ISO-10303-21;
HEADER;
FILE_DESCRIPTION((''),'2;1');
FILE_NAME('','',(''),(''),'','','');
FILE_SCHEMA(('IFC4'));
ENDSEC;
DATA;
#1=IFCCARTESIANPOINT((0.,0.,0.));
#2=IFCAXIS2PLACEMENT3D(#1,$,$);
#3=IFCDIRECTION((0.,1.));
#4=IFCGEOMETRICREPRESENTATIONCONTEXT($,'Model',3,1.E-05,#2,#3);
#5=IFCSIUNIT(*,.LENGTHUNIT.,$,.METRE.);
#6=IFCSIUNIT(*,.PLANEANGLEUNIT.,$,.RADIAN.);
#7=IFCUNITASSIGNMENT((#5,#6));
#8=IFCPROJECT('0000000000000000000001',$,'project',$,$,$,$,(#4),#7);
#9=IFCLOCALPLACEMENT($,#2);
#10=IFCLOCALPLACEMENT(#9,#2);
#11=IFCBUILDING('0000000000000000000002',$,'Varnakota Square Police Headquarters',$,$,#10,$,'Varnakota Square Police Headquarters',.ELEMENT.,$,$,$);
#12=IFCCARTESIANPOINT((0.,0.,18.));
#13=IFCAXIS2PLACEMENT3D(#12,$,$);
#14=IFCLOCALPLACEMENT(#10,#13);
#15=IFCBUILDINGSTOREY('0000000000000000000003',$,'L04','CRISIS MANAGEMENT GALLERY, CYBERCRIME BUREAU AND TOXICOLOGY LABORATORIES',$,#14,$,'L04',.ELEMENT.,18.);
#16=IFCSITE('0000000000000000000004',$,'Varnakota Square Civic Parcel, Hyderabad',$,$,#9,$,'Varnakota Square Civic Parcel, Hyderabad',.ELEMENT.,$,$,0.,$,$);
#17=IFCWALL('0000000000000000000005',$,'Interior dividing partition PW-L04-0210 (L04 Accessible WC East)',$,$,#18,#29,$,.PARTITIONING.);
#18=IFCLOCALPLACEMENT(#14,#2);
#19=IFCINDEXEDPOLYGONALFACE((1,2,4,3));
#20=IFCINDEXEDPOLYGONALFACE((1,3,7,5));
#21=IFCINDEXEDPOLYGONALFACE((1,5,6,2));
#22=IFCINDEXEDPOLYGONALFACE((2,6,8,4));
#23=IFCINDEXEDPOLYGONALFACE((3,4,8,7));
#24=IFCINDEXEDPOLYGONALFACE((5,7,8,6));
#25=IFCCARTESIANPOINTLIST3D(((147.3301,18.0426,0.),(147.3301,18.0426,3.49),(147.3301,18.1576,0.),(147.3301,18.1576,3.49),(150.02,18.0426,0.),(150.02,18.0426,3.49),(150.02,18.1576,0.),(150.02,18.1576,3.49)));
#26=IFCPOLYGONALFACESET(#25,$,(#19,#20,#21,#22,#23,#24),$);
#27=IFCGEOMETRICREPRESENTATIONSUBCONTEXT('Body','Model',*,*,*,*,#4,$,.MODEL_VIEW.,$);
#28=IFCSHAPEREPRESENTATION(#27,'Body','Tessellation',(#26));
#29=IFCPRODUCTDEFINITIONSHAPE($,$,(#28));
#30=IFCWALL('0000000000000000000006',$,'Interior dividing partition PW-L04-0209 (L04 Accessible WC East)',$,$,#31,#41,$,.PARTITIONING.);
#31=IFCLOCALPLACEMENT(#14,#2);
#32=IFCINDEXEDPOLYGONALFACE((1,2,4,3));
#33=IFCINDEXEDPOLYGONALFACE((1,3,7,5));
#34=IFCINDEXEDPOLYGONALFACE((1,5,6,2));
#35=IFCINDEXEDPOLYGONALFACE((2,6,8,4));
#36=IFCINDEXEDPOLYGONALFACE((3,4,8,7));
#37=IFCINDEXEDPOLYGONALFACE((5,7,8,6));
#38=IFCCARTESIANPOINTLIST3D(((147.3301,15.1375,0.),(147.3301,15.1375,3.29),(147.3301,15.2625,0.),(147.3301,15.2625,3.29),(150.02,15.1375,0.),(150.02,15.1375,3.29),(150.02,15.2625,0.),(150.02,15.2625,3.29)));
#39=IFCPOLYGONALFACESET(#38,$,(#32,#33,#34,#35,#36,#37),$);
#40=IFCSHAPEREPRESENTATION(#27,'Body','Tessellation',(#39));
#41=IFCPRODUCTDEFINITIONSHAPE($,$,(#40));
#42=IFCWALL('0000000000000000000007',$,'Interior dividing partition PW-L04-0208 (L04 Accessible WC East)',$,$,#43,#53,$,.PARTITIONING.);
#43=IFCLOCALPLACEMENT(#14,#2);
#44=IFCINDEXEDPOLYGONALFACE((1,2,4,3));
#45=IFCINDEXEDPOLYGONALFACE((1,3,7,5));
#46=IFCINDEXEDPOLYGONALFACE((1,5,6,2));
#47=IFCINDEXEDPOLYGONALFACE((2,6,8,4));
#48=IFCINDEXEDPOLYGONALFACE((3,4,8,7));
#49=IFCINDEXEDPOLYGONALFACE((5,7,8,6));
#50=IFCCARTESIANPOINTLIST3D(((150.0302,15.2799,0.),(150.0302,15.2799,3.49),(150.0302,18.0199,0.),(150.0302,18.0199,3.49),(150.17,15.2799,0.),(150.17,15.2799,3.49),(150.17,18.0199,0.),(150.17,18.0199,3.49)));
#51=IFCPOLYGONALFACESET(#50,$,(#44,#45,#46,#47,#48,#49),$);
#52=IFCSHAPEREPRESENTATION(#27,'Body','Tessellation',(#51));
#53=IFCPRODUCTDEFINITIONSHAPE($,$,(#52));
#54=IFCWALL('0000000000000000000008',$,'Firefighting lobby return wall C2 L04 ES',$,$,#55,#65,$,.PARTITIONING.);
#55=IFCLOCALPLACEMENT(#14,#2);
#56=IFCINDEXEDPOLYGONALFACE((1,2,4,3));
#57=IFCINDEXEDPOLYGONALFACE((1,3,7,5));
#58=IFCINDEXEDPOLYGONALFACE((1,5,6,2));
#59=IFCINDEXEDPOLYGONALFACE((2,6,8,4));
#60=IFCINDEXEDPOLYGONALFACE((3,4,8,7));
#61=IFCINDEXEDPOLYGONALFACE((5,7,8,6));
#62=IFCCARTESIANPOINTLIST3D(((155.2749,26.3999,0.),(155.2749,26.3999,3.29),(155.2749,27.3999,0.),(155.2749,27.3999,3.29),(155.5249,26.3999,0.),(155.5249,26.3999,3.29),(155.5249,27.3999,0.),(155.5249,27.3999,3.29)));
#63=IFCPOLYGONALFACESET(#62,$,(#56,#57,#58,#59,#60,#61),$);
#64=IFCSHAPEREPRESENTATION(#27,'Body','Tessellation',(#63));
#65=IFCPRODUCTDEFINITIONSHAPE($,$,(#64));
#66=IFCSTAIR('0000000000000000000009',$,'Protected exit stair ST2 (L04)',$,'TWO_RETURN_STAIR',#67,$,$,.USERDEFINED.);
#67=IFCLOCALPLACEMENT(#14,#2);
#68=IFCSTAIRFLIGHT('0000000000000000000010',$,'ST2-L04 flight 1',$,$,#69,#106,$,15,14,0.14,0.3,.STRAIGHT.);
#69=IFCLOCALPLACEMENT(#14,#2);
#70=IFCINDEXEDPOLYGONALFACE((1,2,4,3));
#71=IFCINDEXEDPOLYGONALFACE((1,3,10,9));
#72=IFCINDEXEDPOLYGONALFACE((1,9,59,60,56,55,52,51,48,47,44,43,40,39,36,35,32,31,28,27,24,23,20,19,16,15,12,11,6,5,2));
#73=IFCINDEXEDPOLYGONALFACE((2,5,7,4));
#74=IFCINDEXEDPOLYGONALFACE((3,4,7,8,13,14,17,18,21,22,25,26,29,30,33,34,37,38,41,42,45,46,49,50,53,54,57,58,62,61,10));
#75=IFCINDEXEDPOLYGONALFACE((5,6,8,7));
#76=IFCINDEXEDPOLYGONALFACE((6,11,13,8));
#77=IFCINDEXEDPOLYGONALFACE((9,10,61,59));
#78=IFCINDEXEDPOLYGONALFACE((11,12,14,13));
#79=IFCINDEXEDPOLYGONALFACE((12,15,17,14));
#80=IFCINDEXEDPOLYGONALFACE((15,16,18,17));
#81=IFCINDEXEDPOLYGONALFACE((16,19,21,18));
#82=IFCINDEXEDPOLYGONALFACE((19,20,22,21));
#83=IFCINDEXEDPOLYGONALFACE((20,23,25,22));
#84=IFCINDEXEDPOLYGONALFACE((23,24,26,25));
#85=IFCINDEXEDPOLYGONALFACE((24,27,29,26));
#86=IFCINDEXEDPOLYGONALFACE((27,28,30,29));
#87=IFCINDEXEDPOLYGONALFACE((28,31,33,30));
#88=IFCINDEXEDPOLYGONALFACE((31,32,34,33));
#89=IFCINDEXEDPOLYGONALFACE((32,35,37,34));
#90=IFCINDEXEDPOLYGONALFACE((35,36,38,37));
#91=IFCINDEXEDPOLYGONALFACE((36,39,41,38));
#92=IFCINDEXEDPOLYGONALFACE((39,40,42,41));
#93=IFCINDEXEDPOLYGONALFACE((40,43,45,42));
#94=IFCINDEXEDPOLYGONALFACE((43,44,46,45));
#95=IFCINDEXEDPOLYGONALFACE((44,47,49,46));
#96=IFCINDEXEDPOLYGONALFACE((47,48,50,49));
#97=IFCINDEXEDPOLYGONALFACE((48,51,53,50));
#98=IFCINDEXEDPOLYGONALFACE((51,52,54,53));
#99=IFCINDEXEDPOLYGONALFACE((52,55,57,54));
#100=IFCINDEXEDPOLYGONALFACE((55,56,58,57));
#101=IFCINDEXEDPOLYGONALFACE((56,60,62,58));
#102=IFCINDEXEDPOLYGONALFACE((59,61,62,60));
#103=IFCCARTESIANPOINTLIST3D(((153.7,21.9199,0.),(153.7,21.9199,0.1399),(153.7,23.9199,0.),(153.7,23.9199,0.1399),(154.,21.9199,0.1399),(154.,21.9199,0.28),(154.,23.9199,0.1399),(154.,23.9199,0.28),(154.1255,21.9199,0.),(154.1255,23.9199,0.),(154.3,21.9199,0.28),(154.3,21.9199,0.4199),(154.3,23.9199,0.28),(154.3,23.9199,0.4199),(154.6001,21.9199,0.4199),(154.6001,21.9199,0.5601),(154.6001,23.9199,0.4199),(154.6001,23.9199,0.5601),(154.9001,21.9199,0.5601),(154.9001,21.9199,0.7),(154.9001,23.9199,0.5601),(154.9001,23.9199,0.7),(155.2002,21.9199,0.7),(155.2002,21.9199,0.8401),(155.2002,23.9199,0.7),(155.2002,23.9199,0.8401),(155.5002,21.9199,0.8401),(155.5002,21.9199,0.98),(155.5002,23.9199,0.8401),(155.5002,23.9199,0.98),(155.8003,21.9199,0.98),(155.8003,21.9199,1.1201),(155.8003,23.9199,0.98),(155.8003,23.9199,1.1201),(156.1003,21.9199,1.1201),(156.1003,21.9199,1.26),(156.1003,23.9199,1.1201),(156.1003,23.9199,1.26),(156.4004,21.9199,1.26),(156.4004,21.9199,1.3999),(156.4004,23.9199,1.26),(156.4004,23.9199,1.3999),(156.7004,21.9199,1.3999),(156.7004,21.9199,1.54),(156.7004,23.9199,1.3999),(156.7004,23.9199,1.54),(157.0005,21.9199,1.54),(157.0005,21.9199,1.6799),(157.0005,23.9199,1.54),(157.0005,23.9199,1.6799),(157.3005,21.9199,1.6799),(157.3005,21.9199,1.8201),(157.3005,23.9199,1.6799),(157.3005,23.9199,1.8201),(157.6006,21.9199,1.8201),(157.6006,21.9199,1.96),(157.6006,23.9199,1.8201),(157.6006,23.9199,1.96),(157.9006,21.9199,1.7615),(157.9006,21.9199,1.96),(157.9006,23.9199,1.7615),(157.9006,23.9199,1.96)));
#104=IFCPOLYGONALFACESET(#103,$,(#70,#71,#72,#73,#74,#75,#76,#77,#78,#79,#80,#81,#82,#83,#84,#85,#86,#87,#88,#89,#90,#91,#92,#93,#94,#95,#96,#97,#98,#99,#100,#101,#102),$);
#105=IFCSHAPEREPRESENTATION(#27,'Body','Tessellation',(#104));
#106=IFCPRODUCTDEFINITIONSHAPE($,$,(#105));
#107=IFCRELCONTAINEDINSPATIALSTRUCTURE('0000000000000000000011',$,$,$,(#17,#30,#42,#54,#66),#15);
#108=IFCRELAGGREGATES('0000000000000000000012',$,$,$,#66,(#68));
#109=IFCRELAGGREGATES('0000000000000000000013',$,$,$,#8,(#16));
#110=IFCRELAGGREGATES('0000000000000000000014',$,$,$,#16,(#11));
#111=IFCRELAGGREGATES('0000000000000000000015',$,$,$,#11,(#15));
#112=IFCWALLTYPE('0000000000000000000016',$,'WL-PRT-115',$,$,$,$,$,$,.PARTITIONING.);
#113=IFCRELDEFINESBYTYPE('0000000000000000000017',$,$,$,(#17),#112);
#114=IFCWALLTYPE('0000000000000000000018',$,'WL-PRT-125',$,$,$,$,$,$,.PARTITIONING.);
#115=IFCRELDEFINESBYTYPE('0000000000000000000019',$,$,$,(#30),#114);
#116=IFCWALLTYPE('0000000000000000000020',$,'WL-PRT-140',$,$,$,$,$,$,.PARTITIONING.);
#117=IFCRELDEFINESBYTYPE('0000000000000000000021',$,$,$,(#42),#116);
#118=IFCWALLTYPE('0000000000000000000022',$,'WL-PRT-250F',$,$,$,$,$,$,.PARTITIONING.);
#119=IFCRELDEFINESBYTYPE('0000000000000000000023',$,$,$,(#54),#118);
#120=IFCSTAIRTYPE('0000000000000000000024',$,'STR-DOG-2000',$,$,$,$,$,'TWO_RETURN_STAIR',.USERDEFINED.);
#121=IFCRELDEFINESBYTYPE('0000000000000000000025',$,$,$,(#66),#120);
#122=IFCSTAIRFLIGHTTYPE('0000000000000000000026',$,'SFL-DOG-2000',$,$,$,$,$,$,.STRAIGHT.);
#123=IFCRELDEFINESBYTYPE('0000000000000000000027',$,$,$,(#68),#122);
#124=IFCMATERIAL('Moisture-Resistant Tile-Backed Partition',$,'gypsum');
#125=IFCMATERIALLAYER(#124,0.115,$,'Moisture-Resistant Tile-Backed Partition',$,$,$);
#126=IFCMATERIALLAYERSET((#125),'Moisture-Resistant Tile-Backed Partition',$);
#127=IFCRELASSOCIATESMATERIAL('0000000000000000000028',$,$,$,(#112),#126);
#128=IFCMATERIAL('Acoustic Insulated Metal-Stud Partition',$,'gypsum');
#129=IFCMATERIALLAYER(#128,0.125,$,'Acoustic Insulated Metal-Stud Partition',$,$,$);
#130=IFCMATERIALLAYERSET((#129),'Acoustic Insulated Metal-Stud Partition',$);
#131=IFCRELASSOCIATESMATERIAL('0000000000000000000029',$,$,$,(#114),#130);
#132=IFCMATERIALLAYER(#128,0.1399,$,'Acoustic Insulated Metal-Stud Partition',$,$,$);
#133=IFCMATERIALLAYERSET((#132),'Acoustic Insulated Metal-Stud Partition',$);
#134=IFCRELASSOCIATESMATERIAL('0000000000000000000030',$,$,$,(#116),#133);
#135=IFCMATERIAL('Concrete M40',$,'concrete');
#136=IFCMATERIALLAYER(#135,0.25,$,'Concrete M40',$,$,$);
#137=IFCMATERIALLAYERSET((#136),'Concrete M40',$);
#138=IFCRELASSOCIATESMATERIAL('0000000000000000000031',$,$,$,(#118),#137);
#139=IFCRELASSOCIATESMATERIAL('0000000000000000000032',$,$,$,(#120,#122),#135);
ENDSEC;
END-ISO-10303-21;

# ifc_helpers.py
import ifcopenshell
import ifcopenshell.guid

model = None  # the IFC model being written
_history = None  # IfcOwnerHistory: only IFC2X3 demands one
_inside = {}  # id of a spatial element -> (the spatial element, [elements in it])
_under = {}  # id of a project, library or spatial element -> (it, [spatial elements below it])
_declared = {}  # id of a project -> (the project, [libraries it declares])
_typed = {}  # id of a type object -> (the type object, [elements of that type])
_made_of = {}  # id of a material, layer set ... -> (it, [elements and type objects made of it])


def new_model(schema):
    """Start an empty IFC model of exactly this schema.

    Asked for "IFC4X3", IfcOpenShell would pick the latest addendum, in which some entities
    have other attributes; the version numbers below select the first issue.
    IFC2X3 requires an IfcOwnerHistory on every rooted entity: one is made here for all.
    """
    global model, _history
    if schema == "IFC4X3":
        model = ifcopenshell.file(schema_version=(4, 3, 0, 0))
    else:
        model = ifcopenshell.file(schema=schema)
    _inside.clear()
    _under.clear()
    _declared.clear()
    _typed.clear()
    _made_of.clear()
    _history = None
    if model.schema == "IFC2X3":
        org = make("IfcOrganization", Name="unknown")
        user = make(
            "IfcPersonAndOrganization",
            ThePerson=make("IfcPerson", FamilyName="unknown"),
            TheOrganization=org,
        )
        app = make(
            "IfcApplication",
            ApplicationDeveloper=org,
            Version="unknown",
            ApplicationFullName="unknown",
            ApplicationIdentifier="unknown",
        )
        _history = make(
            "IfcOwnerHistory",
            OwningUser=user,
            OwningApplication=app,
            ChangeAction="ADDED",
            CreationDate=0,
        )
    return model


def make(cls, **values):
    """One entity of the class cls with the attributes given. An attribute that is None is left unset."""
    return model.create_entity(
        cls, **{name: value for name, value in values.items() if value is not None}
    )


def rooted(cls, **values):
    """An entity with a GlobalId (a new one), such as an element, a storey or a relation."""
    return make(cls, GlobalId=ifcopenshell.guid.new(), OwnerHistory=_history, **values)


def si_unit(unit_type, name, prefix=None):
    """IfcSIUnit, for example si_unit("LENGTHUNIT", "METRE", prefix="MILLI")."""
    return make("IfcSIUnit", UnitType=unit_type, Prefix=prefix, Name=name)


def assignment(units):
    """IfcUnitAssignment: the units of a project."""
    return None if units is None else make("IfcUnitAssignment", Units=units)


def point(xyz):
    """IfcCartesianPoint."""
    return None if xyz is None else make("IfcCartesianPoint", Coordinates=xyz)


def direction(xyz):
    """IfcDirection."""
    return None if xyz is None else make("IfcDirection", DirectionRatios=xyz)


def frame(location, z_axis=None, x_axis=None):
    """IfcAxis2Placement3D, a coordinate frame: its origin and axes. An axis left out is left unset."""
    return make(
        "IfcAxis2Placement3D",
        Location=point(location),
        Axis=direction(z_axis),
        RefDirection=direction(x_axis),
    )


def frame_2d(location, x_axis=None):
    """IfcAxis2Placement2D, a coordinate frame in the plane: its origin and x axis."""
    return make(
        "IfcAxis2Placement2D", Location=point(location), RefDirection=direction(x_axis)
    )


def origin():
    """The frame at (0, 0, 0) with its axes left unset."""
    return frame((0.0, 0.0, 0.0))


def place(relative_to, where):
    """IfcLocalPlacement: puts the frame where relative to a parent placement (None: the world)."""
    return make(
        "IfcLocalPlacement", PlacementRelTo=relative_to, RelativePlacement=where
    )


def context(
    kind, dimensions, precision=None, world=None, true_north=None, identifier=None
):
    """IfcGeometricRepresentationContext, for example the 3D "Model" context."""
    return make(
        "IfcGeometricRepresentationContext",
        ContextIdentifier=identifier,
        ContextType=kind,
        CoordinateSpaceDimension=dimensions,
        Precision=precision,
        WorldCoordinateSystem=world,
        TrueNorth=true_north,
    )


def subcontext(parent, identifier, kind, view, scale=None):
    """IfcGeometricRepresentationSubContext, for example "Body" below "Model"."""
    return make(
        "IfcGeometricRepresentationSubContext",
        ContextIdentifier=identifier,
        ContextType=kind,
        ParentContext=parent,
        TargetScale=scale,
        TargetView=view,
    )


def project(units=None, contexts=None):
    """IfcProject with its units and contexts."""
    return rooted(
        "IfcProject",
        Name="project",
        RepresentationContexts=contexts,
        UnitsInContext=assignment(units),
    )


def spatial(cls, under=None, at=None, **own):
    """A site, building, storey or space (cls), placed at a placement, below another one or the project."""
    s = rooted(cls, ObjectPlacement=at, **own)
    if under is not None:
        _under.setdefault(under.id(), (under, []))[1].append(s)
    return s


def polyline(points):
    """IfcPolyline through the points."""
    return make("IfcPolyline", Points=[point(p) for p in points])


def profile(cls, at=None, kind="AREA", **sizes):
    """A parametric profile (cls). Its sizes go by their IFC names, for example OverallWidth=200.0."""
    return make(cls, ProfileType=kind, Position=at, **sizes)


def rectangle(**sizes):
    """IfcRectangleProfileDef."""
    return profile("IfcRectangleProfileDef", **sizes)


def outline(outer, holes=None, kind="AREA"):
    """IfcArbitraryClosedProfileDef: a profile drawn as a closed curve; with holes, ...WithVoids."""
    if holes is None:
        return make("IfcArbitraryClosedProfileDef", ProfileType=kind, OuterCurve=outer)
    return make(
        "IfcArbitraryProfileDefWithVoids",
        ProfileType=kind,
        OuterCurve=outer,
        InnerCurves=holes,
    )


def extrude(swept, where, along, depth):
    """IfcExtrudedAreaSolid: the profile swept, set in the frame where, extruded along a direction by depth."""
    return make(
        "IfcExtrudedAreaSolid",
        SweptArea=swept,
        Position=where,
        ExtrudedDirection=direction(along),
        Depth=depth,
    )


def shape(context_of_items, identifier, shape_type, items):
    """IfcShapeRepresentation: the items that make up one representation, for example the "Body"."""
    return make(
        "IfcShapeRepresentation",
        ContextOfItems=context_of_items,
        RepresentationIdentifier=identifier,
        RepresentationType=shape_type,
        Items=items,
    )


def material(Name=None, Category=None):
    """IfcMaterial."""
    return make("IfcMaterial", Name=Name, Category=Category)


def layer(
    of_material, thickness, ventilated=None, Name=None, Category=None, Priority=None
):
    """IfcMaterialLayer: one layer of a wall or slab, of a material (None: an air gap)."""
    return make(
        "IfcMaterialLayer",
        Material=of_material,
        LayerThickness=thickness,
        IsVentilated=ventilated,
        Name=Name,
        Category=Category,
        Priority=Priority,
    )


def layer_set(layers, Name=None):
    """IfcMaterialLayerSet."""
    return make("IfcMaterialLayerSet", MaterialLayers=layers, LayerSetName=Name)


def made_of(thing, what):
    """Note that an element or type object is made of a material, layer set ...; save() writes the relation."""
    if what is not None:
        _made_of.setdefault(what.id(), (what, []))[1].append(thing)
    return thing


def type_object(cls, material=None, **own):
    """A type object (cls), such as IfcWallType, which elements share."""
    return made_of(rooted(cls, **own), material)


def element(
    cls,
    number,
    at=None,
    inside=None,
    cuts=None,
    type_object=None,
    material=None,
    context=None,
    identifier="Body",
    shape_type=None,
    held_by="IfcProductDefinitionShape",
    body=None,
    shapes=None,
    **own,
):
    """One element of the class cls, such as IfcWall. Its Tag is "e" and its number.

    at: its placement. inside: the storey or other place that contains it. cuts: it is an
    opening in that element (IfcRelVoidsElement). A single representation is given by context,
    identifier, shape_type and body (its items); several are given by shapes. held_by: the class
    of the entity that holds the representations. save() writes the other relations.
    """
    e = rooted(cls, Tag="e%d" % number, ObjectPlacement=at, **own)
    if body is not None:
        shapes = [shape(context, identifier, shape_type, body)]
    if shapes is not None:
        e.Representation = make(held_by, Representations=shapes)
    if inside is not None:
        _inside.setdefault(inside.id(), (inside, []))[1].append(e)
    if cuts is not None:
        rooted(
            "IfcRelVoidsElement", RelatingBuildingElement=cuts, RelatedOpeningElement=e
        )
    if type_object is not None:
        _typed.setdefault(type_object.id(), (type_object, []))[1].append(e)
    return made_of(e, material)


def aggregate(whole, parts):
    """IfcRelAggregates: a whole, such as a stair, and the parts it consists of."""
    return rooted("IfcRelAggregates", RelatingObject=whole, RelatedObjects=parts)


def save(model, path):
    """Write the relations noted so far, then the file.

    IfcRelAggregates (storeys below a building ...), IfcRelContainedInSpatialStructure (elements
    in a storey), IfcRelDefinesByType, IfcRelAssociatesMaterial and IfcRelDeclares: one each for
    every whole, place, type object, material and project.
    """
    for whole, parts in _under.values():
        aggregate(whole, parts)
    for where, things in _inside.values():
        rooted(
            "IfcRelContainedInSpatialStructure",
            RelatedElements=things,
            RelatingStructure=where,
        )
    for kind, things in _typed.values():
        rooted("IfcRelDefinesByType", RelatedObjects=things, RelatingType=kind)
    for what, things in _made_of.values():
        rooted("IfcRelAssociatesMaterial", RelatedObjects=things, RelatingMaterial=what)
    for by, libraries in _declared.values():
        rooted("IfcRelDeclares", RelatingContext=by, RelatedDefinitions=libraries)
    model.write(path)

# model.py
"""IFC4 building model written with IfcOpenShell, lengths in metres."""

from ifc_helpers import new_model, si_unit, direction, frame, frame_2d, origin, place, context, subcontext, project, spatial, polyline, rectangle, outline, extrude, material, layer, layer_set, type_object, element, aggregate, save


model = new_model("IFC4")

# Units and contexts
model_context = context("Model", 3, precision=1e-05, world=origin(), true_north=direction((0.0, 1.0)))
body_context = subcontext(model_context, "Body", "Model", "MODEL_VIEW")
ifc_project = project(units=[si_unit("LENGTHUNIT", "METRE"), si_unit("PLANEANGLEUNIT", "RADIAN")], contexts=[model_context])

# Site, building, storey
site_placement = place(None, origin())
site = spatial("IfcSite", under=ifc_project, at=site_placement, Name="Varnakota Square Civic Parcel, Hyderabad", LongName="Varnakota Square Civic Parcel, Hyderabad", CompositionType="ELEMENT", RefElevation=0.0)
building_placement = place(site_placement, origin())
building = spatial("IfcBuilding", under=site, at=building_placement, Name="Varnakota Square Police Headquarters", LongName="Varnakota Square Police Headquarters", CompositionType="ELEMENT")
storey_placement = place(building_placement, frame((0.0, 0.0, 18.0)))
storey = spatial("IfcBuildingStorey", under=building, at=storey_placement, Name="L04", Description="CRISIS MANAGEMENT GALLERY, CYBERCRIME BUREAU AND TOXICOLOGY LABORATORIES", LongName="L04", CompositionType="ELEMENT", Elevation=18.0)

# Walls
ifc_material_1 = material(Name="Moisture-Resistant Tile-Backed Partition", Category="gypsum")
ifc_layer_1 = layer(ifc_material_1, 0.115, Name="Moisture-Resistant Tile-Backed Partition")
ifc_layer_set_1 = layer_set([ifc_layer_1], Name="Moisture-Resistant Tile-Backed Partition")
wall_type_1 = type_object("IfcWallType", Name="WL-PRT-115", PredefinedType="PARTITIONING", material=ifc_layer_set_1)
wall_1_placement = place(storey_placement, frame((147.3301, 18.1001, 0.0), z_axis=(0.0, 0.0, 1.0), x_axis=(1.0, 0.0, 0.0)))
element("IfcWall", 1, at=wall_1_placement, inside=storey, type_object=wall_type_1, Name="Interior dividing partition PW-L04-0210 (L04 Accessible WC East)", PredefinedType="PARTITIONING", context=body_context, shape_type="SweptSolid", body=[
    extrude(rectangle(XDim=2.6899, YDim=0.115, at=frame_2d((1.345, 0.0))), origin(), (0.0, 0.0, 1.0), 3.49),
])
ifc_material_2 = material(Name="Acoustic Insulated Metal-Stud Partition", Category="gypsum")
ifc_layer_2 = layer(ifc_material_2, 0.125, Name="Acoustic Insulated Metal-Stud Partition")
ifc_layer_set_2 = layer_set([ifc_layer_2], Name="Acoustic Insulated Metal-Stud Partition")
wall_type_2 = type_object("IfcWallType", Name="WL-PRT-125", PredefinedType="PARTITIONING", material=ifc_layer_set_2)
wall_2_placement = place(storey_placement, frame((150.02, 15.2, 0.0), z_axis=(0.0, 0.0, 1.0), x_axis=(-1.0, 0.0, 0.0)))
element("IfcWall", 2, at=wall_2_placement, inside=storey, type_object=wall_type_2, Name="Interior dividing partition PW-L04-0209 (L04 Accessible WC East)", PredefinedType="PARTITIONING", context=body_context, shape_type="SweptSolid", body=[
    extrude(rectangle(XDim=2.6899, YDim=0.125, at=frame_2d((1.345, 0.0))), origin(), (0.0, 0.0, 1.0), 3.29),
])
ifc_layer_3 = layer(ifc_material_2, 0.1399, Name="Acoustic Insulated Metal-Stud Partition")
ifc_layer_set_3 = layer_set([ifc_layer_3], Name="Acoustic Insulated Metal-Stud Partition")
wall_type_3 = type_object("IfcWallType", Name="WL-PRT-140", PredefinedType="PARTITIONING", material=ifc_layer_set_3)
wall_3_placement = place(storey_placement, frame((150.1001, 18.02, 0.0), z_axis=(0.0, 0.0, 1.0), x_axis=(0.0, -1.0, 0.0)))
element("IfcWall", 3, at=wall_3_placement, inside=storey, type_object=wall_type_3, Name="Interior dividing partition PW-L04-0208 (L04 Accessible WC East)", PredefinedType="PARTITIONING", context=body_context, shape_type="SweptSolid", body=[
    extrude(rectangle(XDim=2.74, YDim=0.1399, at=frame_2d((1.3701, 0.0))), origin(), (0.0, 0.0, 1.0), 3.49),
])

# Shared definitions
ifc_material_3 = material(Name="Concrete M40", Category="concrete")
ifc_layer_4 = layer(ifc_material_3, 0.25, Name="Concrete M40")
ifc_layer_set_4 = layer_set([ifc_layer_4], Name="Concrete M40")
wall_type_4 = type_object("IfcWallType", Name="WL-PRT-250F", PredefinedType="PARTITIONING", material=ifc_layer_set_4)

# Wall
wall_4_placement = place(storey_placement, frame((155.3999, 26.3999, 0.0), z_axis=(0.0, 0.0, 1.0), x_axis=(0.0, 1.0, 0.0)))
element("IfcWall", 4, at=wall_4_placement, inside=storey, type_object=wall_type_4, Name="Firefighting lobby return wall C2 L04 ES", PredefinedType="PARTITIONING", context=body_context, shape_type="SweptSolid", body=[
    extrude(rectangle(XDim=1.0, YDim=0.25, at=frame_2d((0.5, 0.0))), origin(), (0.0, 0.0, 1.0), 3.29),
])

# Stair, stair flight
stair_type = type_object("IfcStairType", Name="STR-DOG-2000", ElementType="TWO_RETURN_STAIR", PredefinedType="USERDEFINED", material=ifc_material_3)
stair_placement = place(storey_placement, origin())
stair = element("IfcStair", 5, at=stair_placement, inside=storey, type_object=stair_type, Name="Protected exit stair ST2 (L04)", ObjectType="TWO_RETURN_STAIR", PredefinedType="USERDEFINED")
stair_flight_type = type_object("IfcStairFlightType", Name="SFL-DOG-2000", PredefinedType="STRAIGHT", material=ifc_material_3)
stair_flight_placement = place(storey_placement, frame((153.7, 22.9199, 0.0), z_axis=(0.0, 0.0, 1.0), x_axis=(1.0, 0.0, 0.0)))
stair_flight = element("IfcStairFlight", 6, at=stair_flight_placement, type_object=stair_flight_type, Name="ST2-L04 flight 1", NumberOfRisers=15, NumberOfTreads=14, PredefinedType="STRAIGHT", RiserHeight=0.14, TreadLength=0.3, context=body_context, shape_type="SweptSolid", body=[
    extrude(outline(polyline([(0.0, 0.0), (0.0, 0.1399), (0.3, 0.1399), (0.3, 0.28), (0.6001, 0.28), (0.6001, 0.4199), (0.9001, 0.4199), (0.9001, 0.5601), (1.2002, 0.5601), (1.2002, 0.7), (1.5002, 0.7), (1.5002, 0.8401), (1.8003, 0.8401), (1.8003, 0.98), (2.1003, 0.98), (2.1003, 1.1201), (2.4004, 1.1201), (2.4004, 1.26), (2.7004, 1.26), (2.7004, 1.3999), (3.0005, 1.3999), (3.0005, 1.54), (3.3005, 1.54), (3.3005, 1.6799), (3.6006, 1.6799), (3.6006, 1.8201), (3.9006, 1.8201), (3.9006, 1.96), (4.2007, 1.96), (4.2007, 2.1001), (4.2007, 1.7615), (0.4255, 0.0), (0.0, 0.0)])), frame((0.0, 1.0, 0.0), z_axis=(0.0, -1.0, 0.0), x_axis=(1.0, 0.0, 0.0)), (0.0, 0.0, 1.0), 2.0),
])
aggregate(stair, [stair_flight])

save(model, "model.ifc")
